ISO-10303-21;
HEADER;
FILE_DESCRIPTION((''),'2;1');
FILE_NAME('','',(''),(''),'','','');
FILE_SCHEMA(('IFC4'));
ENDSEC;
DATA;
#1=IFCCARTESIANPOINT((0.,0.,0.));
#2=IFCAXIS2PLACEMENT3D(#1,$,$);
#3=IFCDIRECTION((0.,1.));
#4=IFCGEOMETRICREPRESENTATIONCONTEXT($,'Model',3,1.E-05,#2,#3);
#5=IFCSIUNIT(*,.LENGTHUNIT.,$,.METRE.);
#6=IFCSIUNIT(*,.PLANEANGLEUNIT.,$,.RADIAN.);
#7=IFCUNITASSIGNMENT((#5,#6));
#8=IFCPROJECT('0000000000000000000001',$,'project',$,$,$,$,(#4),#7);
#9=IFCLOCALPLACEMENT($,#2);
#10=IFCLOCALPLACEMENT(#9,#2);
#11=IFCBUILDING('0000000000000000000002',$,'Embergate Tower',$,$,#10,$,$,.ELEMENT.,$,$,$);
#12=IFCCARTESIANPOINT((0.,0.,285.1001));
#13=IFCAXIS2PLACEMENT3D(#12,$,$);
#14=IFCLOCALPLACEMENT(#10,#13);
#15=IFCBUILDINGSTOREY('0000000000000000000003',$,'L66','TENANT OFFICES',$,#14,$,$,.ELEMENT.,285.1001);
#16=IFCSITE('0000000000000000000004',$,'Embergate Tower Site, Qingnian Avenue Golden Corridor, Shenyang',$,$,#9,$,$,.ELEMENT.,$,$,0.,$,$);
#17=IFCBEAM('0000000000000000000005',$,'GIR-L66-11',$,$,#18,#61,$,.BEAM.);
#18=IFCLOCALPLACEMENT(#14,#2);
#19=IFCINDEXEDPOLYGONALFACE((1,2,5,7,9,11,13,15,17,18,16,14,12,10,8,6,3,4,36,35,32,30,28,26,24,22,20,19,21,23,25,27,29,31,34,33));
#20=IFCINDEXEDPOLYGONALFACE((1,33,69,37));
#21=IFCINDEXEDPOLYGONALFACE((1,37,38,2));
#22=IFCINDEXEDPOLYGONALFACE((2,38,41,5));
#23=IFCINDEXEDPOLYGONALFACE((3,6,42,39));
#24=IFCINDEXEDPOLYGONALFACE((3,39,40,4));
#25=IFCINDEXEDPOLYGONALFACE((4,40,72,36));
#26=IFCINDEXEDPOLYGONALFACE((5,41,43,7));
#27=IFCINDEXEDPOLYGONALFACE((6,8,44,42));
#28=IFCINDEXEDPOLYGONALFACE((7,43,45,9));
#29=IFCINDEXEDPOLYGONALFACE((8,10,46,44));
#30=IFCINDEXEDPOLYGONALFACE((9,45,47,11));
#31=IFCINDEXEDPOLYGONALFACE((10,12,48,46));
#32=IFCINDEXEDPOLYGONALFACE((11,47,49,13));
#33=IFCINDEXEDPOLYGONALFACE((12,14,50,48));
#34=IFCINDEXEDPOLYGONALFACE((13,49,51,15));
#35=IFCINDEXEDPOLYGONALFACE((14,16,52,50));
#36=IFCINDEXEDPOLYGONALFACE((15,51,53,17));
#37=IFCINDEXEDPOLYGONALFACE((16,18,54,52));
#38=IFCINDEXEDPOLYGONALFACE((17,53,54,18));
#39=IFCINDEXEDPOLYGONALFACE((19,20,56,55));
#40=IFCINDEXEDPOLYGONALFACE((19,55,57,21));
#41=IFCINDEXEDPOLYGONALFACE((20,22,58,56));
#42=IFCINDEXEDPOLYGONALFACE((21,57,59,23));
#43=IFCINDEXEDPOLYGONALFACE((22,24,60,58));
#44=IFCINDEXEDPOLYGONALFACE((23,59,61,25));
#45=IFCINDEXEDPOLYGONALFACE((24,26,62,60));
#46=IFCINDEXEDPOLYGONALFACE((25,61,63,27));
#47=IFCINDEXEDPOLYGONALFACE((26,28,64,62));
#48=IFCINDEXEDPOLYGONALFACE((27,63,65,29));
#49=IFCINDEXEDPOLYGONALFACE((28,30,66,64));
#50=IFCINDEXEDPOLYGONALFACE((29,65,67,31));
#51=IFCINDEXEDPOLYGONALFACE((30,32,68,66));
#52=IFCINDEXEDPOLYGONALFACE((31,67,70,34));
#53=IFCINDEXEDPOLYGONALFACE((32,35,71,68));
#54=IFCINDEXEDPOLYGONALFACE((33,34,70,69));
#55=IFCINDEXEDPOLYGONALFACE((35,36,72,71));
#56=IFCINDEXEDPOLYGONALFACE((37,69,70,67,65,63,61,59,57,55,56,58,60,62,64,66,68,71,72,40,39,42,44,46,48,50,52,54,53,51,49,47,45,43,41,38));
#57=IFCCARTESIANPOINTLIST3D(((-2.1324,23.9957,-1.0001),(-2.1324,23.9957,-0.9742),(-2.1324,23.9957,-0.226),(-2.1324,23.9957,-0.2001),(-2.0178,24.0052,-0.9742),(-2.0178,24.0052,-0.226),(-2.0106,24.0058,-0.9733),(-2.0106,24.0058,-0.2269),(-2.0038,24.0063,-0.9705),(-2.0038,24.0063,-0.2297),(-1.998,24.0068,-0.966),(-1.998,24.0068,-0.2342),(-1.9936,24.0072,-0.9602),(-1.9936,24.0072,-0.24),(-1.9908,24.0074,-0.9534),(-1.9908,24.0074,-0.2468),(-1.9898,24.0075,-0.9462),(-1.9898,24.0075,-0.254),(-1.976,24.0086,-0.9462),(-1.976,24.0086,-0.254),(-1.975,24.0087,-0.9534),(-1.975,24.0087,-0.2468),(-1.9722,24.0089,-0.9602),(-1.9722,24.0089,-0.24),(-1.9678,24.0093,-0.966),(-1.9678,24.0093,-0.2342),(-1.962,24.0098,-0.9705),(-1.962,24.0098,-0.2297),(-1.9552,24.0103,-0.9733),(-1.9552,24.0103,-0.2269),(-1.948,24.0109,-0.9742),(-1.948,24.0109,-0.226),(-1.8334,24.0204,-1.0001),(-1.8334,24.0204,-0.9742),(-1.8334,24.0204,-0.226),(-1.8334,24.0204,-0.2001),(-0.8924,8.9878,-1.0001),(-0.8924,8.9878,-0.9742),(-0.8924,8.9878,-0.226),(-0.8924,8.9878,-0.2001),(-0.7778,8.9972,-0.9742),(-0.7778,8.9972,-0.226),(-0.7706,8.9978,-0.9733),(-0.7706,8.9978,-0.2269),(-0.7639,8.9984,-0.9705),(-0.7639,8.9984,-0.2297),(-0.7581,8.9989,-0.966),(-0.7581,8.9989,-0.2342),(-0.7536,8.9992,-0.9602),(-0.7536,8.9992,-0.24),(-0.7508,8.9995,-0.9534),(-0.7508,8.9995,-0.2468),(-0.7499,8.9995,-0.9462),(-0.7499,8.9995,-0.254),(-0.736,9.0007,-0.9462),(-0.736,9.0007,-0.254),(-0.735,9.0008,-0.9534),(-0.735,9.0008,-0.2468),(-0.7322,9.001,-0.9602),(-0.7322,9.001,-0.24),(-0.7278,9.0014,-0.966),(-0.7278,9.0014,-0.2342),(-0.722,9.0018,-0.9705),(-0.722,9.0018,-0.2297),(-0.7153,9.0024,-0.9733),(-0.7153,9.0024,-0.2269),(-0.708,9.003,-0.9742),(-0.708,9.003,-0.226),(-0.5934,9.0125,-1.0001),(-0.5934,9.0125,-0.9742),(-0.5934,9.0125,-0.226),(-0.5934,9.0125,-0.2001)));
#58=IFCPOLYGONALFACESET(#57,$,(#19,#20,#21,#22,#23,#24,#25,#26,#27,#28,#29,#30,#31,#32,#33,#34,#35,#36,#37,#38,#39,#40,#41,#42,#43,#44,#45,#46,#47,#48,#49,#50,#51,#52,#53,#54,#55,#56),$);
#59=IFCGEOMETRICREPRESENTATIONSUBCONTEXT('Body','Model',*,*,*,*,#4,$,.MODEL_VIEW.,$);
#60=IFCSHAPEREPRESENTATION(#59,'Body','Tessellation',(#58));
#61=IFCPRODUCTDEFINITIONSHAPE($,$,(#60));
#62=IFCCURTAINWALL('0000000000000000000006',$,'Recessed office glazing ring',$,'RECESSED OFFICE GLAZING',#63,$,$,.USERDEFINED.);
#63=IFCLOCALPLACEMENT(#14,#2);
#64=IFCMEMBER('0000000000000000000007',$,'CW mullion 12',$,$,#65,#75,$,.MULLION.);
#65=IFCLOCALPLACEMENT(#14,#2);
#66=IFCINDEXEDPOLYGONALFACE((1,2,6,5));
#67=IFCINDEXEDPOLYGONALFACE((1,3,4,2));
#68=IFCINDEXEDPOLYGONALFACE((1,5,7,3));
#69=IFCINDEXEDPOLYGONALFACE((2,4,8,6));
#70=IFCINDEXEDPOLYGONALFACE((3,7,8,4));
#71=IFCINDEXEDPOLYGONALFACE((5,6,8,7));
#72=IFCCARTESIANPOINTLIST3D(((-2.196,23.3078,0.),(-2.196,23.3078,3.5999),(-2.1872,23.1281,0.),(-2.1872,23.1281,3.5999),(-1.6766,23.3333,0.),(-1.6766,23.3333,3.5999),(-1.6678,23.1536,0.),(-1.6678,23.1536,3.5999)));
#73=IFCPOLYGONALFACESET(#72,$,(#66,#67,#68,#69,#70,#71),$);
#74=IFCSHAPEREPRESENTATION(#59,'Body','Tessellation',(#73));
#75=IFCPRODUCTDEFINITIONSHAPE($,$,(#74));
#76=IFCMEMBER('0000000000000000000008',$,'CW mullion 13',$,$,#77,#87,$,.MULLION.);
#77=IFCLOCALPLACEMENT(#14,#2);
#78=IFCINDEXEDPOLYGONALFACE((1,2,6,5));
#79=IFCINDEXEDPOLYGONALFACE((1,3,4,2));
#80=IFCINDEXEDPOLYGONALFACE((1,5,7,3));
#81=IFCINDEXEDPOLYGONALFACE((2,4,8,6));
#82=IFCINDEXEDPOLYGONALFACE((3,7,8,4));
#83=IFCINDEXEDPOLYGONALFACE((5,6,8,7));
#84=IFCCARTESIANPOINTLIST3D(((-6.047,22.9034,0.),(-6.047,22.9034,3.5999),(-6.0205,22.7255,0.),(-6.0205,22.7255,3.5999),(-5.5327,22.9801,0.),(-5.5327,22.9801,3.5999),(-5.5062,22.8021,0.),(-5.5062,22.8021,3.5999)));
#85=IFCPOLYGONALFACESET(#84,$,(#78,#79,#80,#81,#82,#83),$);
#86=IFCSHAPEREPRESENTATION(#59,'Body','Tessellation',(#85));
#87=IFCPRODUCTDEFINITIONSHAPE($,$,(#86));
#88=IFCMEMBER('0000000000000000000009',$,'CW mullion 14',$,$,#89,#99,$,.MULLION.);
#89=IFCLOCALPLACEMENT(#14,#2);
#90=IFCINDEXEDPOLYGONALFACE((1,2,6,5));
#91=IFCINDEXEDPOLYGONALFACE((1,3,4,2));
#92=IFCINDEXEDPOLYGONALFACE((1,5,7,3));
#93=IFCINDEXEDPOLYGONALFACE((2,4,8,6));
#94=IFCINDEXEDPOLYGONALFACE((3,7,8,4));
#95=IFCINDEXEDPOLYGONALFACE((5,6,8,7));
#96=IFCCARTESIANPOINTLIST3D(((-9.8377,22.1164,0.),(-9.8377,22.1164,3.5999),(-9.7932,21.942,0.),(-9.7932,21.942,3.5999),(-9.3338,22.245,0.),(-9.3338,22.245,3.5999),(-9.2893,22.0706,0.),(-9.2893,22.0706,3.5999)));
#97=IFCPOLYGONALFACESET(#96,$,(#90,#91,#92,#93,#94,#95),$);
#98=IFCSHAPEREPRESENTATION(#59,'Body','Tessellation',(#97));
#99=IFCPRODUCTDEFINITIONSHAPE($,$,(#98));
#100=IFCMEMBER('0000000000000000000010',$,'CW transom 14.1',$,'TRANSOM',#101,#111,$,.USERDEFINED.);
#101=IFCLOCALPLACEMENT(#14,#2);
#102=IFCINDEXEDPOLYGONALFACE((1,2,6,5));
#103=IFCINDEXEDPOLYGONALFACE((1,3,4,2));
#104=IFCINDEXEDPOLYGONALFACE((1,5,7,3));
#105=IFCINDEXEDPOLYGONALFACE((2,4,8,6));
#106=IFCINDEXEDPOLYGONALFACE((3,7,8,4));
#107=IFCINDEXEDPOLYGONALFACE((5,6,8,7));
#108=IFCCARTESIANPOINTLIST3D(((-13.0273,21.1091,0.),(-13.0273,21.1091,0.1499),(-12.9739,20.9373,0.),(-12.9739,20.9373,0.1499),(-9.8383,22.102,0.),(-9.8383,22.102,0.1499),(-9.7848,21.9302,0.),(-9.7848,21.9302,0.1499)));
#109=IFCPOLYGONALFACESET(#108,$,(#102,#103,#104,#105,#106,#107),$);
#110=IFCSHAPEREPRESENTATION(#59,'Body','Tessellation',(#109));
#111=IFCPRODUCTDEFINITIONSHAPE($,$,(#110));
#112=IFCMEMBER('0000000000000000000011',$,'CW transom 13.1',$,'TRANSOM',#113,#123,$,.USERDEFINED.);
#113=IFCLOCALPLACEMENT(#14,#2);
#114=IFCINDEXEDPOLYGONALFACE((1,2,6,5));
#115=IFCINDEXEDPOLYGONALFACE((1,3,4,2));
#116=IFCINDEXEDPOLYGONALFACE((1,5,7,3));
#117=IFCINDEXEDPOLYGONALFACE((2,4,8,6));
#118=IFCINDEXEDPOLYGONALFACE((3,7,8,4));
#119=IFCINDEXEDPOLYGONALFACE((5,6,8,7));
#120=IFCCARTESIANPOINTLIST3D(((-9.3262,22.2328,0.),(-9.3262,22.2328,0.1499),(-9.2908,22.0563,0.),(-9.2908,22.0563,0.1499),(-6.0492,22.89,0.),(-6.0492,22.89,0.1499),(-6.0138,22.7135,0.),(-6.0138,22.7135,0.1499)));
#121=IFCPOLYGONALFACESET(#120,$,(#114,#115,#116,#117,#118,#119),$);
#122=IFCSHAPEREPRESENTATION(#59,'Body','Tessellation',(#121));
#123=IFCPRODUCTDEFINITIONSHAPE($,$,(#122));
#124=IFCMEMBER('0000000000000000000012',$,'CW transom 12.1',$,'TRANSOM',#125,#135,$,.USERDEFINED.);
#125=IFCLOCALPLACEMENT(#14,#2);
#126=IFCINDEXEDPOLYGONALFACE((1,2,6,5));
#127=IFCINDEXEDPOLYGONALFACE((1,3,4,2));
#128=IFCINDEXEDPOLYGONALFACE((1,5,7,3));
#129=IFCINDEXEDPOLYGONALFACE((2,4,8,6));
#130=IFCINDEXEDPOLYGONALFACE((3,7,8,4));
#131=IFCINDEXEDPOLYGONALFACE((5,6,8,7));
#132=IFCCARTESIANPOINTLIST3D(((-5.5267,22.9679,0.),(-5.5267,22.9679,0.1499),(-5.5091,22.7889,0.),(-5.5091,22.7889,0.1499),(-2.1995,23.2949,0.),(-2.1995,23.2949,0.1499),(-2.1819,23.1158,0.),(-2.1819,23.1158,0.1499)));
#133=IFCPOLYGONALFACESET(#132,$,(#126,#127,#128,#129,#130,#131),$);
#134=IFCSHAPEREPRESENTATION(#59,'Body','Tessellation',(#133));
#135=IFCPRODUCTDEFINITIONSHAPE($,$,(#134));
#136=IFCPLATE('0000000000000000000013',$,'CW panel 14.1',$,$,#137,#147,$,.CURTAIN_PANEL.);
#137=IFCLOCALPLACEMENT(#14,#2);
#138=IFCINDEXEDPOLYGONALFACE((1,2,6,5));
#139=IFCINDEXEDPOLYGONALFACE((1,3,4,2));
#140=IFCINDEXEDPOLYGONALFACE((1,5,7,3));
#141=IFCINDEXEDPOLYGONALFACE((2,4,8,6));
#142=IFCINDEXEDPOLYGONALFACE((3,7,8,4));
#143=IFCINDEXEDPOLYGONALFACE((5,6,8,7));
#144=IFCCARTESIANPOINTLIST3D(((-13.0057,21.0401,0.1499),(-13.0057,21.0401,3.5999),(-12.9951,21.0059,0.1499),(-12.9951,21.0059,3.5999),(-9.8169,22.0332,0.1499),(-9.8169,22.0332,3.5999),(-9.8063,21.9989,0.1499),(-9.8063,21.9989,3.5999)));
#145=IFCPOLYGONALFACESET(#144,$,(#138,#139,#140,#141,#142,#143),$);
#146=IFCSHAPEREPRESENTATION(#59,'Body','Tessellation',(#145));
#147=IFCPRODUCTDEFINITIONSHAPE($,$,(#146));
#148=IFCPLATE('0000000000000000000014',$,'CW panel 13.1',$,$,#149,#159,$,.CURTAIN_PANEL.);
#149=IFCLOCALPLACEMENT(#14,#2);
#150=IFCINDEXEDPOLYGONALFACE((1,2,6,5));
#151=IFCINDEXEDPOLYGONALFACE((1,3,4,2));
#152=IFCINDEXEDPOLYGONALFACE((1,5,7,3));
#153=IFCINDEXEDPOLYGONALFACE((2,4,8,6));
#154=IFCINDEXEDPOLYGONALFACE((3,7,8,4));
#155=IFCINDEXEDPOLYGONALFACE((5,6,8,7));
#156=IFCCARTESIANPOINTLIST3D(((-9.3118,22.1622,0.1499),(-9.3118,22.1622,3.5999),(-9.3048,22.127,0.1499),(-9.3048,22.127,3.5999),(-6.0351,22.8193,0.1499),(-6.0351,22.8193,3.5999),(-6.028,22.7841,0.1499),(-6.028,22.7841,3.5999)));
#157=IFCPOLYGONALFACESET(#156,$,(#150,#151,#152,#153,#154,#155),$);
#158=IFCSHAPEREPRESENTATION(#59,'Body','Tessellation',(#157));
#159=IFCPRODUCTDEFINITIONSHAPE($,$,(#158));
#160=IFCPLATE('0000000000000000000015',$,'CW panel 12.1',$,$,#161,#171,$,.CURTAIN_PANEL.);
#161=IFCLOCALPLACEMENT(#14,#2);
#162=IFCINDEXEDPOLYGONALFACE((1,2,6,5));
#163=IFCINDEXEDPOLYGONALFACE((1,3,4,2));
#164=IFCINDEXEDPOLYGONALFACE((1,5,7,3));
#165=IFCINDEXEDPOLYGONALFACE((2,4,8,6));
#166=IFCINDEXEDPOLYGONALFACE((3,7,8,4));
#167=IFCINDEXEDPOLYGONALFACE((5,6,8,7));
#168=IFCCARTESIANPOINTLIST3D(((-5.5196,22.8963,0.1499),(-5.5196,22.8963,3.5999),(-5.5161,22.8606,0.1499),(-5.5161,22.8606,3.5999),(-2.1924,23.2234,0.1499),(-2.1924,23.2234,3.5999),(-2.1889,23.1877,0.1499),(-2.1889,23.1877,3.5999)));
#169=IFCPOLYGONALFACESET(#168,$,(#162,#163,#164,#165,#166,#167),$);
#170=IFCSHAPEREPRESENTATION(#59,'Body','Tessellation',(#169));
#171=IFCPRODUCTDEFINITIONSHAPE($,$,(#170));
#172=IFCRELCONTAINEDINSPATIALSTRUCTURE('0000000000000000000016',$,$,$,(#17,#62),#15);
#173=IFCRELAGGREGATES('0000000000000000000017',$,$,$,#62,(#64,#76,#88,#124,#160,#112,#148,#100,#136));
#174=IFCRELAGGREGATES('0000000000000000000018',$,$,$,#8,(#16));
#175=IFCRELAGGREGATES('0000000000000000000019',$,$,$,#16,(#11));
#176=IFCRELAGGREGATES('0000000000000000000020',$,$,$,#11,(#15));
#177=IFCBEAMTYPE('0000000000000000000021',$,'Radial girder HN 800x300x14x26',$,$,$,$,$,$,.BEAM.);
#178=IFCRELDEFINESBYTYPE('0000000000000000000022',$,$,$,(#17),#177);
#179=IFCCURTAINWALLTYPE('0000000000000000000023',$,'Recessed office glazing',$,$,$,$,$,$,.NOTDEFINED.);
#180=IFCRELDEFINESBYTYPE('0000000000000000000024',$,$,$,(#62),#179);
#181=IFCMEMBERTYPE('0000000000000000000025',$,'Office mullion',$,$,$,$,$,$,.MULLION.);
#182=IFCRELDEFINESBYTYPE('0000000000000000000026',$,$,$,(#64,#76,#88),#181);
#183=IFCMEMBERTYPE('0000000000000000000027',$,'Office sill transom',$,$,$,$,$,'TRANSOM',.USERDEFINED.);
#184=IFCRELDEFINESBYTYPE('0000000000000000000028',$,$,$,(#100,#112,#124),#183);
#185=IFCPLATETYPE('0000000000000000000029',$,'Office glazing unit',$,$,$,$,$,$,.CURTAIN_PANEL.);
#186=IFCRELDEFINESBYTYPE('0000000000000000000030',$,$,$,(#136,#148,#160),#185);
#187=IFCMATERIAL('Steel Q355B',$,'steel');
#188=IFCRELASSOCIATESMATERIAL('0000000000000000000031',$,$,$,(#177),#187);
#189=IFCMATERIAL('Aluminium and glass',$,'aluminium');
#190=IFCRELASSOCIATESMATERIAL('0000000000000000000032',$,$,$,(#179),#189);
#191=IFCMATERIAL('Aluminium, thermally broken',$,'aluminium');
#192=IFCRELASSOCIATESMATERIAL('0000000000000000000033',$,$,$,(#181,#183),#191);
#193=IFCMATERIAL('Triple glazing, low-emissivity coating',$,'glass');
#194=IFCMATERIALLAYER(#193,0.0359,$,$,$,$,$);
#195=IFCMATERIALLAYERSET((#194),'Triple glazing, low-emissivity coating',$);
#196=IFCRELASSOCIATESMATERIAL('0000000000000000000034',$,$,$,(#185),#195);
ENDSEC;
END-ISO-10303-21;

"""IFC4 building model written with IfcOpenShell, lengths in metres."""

from ifc_helpers import new_model, si_unit, direction, frame, origin, origin_2d, place, context, subcontext, project, spatial, rectangle, i_section, extrude, source, transform, mapped, material, layer, layer_set, material_profile, profile_set, type_object, element, aggregate, save


model = new_model("IFC4")

# Units and contexts
model_context = context("Model", 3, precision=1e-05, world=origin(), true_north=direction((0.0, 1.0)))
body_context = subcontext(model_context, "Body", "Model", "MODEL_VIEW")
ifc_project = project(units=[si_unit("LENGTHUNIT", "METRE"), si_unit("PLANEANGLEUNIT", "RADIAN")], contexts=[model_context])

# Site, building, storey
site_placement = place(None, origin())
site = spatial("IfcSite", under=ifc_project, at=site_placement, Name="Embergate Tower Site, Qingnian Avenue Golden Corridor, Shenyang", CompositionType="ELEMENT", RefElevation=0.0)
building_placement = place(site_placement, origin())
building = spatial("IfcBuilding", under=site, at=building_placement, Name="Embergate Tower", CompositionType="ELEMENT")
storey_placement = place(building_placement, frame((0.0, 0.0, 285.1001)))
storey = spatial("IfcBuildingStorey", under=building, at=storey_placement, Name="L66", Description="TENANT OFFICES", CompositionType="ELEMENT", Elevation=285.1001)

# Beam
ifc_material_1 = material(Name="Steel Q355B", Category="steel")
ifc_material_profile_1 = material_profile(ifc_material_1, i_section(OverallWidth=0.3, OverallDepth=0.8, WebThickness=0.0139, FlangeThickness=0.0259, FilletRadius=0.0281, at=origin_2d()), Name="HN 800x300x14x26")
ifc_profile_set_1 = profile_set([ifc_material_profile_1], Name="Steel Q355 grade B")
beam_type_1 = type_object("IfcBeamType", Name="Radial girder HN 800x300x14x26", PredefinedType="BEAM", material=ifc_profile_set_1)
shared_shape_1 = source(origin(), body_context, "Body", "SweptSolid", [
    extrude(i_section(OverallWidth=0.3, OverallDepth=0.8, WebThickness=0.0139, FlangeThickness=0.0259, FilletRadius=0.0281, at=origin_2d()), origin(), (0.0, 0.0, 1.0), 15.0591),
])
beam_1_placement = place(storey_placement, frame((-1.9829, 24.0081, -0.6001), z_axis=(0.082341, -0.996604, 0.0), x_axis=(0.996604, 0.082341, 0.0)))
element("IfcBeam", 1, at=beam_1_placement, inside=storey, type_object=beam_type_1, Name="GIR-L66-11", PredefinedType="BEAM", context=body_context, shape_type="MappedRepresentation", body=[
    mapped(shared_shape_1, transform((0.0, 0.0, 0.0))),
])

# Curtain wall, members, plates
ifc_material_2 = material(Name="Aluminium and glass", Category="aluminium")
curtain_wall_type = type_object("IfcCurtainWallType", Name="Recessed office glazing", PredefinedType="NOTDEFINED", material=ifc_material_2)
curtain_wall_placement = place(storey_placement, origin())
curtain_wall = element("IfcCurtainWall", 2, at=curtain_wall_placement, inside=storey, type_object=curtain_wall_type, Name="Recessed office glazing ring", ObjectType="RECESSED OFFICE GLAZING", PredefinedType="USERDEFINED")
ifc_material_3 = material(Name="Aluminium, thermally broken", Category="aluminium")
ifc_material_profile_2 = material_profile(ifc_material_3, rectangle(XDim=0.1799, YDim=0.52, at=origin_2d()), Name="AL 520x180")
ifc_profile_set_2 = profile_set([ifc_material_profile_2], Name="Aluminium, thermally broken")
member_type_1 = type_object("IfcMemberType", Name="Office mullion", PredefinedType="MULLION", material=ifc_profile_set_2)
shared_shape_2 = source(origin(), body_context, "Body", "SweptSolid", [
    extrude(rectangle(XDim=0.1799, YDim=0.52, at=origin_2d()), origin(), (0.0, 0.0, 1.0), 3.5999),
])
member_1_placement = place(storey_placement, frame((-1.9319, 23.2307, 0.0), z_axis=(0.0, 0.0, 1.0), x_axis=(0.04897, -0.9988, 0.0)))
member_1 = element("IfcMember", 3, at=member_1_placement, type_object=member_type_1, Name="CW mullion 12", PredefinedType="MULLION", context=body_context, shape_type="MappedRepresentation", body=[
    mapped(shared_shape_2, transform((0.0, 0.0, 0.0))),
])
member_2_placement = place(storey_placement, frame((-5.7766, 22.8528, 0.0), z_axis=(0.0, 0.0, 1.0), x_axis=(0.147407, -0.989076, 0.0)))
member_2 = element("IfcMember", 4, at=member_2_placement, type_object=member_type_1, Name="CW mullion 13", PredefinedType="MULLION", context=body_context, shape_type="MappedRepresentation", body=[
    mapped(shared_shape_2, transform((0.0, 0.0, 0.0))),
])
member_3_placement = place(storey_placement, frame((-9.5635, 22.0935, 0.0), z_axis=(0.0, 0.0, 1.0), x_axis=(0.247305, -0.968938, 0.0)))
member_3 = element("IfcMember", 5, at=member_3_placement, type_object=member_type_1, Name="CW mullion 14", PredefinedType="MULLION", context=body_context, shape_type="MappedRepresentation", body=[
    mapped(shared_shape_2, transform((0.0, 0.0, 0.0))),
])
ifc_material_profile_3 = material_profile(ifc_material_3, rectangle(XDim=0.1799, YDim=0.1499, at=origin_2d()), Name="AL 150x180")
ifc_profile_set_3 = profile_set([ifc_material_profile_3], Name="Aluminium, thermally broken")
member_type_2 = type_object("IfcMemberType", Name="Office sill transom", ElementType="TRANSOM", PredefinedType="USERDEFINED", material=ifc_profile_set_3)
shared_shape_3 = source(origin(), body_context, "Body", "SweptSolid", [
    extrude(rectangle(XDim=0.1799, YDim=0.1499, at=origin_2d()), origin(), (0.0, 0.0, 1.0), 3.3401),
])
member_4_placement = place(storey_placement, frame((-9.8115, 22.0161, 0.075), z_axis=(-0.954789, -0.297284, 0.0), x_axis=(0.297284, -0.954789, 0.0)))
member_4 = element("IfcMember", 6, at=member_4_placement, type_object=member_type_2, Name="CW transom 14.1", ObjectType="TRANSOM", PredefinedType="USERDEFINED", context=body_context, shape_type="MappedRepresentation", body=[
    mapped(shared_shape_3, transform((0.0, 0.0, 0.0))),
])
shared_shape_4 = source(origin(), body_context, "Body", "SweptSolid", [
    extrude(rectangle(XDim=0.1799, YDim=0.1499, at=origin_2d()), origin(), (0.0, 0.0, 1.0), 3.3423),
])
member_5_placement = place(storey_placement, frame((-6.0315, 22.8018, 0.075), z_axis=(-0.980477, -0.196636, 0.0), x_axis=(0.196636, -0.980477, 0.0)))
member_5 = element("IfcMember", 7, at=member_5_placement, type_object=member_type_2, Name="CW transom 13.1", ObjectType="TRANSOM", PredefinedType="USERDEFINED", context=body_context, shape_type="MappedRepresentation", body=[
    mapped(shared_shape_4, transform((0.0, 0.0, 0.0))),
])
shared_shape_5 = source(origin(), body_context, "Body", "SweptSolid", [
    extrude(rectangle(XDim=0.1799, YDim=0.1499, at=origin_2d()), origin(), (0.0, 0.0, 1.0), 3.3433),
])
member_6_placement = place(storey_placement, frame((-2.1907, 23.2053, 0.075), z_axis=(-0.995208, -0.097783, 0.0), x_axis=(0.097783, -0.995208, 0.0)))
member_6 = element("IfcMember", 8, at=member_6_placement, type_object=member_type_2, Name="CW transom 12.1", ObjectType="TRANSOM", PredefinedType="USERDEFINED", context=body_context, shape_type="MappedRepresentation", body=[
    mapped(shared_shape_5, transform((0.0, 0.0, 0.0))),
])
ifc_material_4 = material(Name="Triple glazing, low-emissivity coating", Category="glass")
ifc_layer_1 = layer(ifc_material_4, 0.0359)
ifc_layer_set_1 = layer_set([ifc_layer_1], Name="Triple glazing, low-emissivity coating")
plate_type = type_object("IfcPlateType", Name="Office glazing unit", PredefinedType="CURTAIN_PANEL", material=ifc_layer_set_1)
shared_shape_6 = source(origin(), body_context, "Body", "SweptSolid", [
    extrude(rectangle(XDim=3.3398, YDim=0.0359, at=origin_2d()), origin(), (0.0, 0.0, 1.0), 3.45),
])
plate_1_placement = place(storey_placement, frame((-11.406, 21.5195, 0.1499), z_axis=(0.0, 0.0, 1.0), x_axis=(-0.954774, -0.297333, 0.0)))
plate_1 = element("IfcPlate", 9, at=plate_1_placement, type_object=plate_type, Name="CW panel 14.1", PredefinedType="CURTAIN_PANEL", context=body_context, shape_type="MappedRepresentation", body=[
    mapped(shared_shape_6, transform((0.0, 0.0, 0.0))),
])
shared_shape_7 = source(origin(), body_context, "Body", "SweptSolid", [
    extrude(rectangle(XDim=3.342, YDim=0.0359, at=origin_2d()), origin(), (0.0, 0.0, 1.0), 3.45),
])
plate_2_placement = place(storey_placement, frame((-7.6699, 22.4731, 0.1499), z_axis=(0.0, 0.0, 1.0), x_axis=(-0.980477, -0.196636, 0.0)))
plate_2 = element("IfcPlate", 10, at=plate_2_placement, type_object=plate_type, Name="CW panel 13.1", PredefinedType="CURTAIN_PANEL", context=body_context, shape_type="MappedRepresentation", body=[
    mapped(shared_shape_7, transform((0.0, 0.0, 0.0))),
])
shared_shape_8 = source(origin(), body_context, "Body", "SweptSolid", [
    extrude(rectangle(XDim=3.3433, YDim=0.0359, at=origin_2d()), origin(), (0.0, 0.0, 1.0), 3.45),
])
plate_3_placement = place(storey_placement, frame((-3.8542, 23.042, 0.1499), z_axis=(0.0, 0.0, 1.0), x_axis=(-0.995203, -0.097828, 0.0)))
plate_3 = element("IfcPlate", 11, at=plate_3_placement, type_object=plate_type, Name="CW panel 12.1", PredefinedType="CURTAIN_PANEL", context=body_context, shape_type="MappedRepresentation", body=[
    mapped(shared_shape_8, transform((0.0, 0.0, 0.0))),
])
aggregate(curtain_wall, [member_1, member_2, member_3, member_6, plate_3, member_5, plate_2, member_4, plate_1])

save(model, "model.ifc")
